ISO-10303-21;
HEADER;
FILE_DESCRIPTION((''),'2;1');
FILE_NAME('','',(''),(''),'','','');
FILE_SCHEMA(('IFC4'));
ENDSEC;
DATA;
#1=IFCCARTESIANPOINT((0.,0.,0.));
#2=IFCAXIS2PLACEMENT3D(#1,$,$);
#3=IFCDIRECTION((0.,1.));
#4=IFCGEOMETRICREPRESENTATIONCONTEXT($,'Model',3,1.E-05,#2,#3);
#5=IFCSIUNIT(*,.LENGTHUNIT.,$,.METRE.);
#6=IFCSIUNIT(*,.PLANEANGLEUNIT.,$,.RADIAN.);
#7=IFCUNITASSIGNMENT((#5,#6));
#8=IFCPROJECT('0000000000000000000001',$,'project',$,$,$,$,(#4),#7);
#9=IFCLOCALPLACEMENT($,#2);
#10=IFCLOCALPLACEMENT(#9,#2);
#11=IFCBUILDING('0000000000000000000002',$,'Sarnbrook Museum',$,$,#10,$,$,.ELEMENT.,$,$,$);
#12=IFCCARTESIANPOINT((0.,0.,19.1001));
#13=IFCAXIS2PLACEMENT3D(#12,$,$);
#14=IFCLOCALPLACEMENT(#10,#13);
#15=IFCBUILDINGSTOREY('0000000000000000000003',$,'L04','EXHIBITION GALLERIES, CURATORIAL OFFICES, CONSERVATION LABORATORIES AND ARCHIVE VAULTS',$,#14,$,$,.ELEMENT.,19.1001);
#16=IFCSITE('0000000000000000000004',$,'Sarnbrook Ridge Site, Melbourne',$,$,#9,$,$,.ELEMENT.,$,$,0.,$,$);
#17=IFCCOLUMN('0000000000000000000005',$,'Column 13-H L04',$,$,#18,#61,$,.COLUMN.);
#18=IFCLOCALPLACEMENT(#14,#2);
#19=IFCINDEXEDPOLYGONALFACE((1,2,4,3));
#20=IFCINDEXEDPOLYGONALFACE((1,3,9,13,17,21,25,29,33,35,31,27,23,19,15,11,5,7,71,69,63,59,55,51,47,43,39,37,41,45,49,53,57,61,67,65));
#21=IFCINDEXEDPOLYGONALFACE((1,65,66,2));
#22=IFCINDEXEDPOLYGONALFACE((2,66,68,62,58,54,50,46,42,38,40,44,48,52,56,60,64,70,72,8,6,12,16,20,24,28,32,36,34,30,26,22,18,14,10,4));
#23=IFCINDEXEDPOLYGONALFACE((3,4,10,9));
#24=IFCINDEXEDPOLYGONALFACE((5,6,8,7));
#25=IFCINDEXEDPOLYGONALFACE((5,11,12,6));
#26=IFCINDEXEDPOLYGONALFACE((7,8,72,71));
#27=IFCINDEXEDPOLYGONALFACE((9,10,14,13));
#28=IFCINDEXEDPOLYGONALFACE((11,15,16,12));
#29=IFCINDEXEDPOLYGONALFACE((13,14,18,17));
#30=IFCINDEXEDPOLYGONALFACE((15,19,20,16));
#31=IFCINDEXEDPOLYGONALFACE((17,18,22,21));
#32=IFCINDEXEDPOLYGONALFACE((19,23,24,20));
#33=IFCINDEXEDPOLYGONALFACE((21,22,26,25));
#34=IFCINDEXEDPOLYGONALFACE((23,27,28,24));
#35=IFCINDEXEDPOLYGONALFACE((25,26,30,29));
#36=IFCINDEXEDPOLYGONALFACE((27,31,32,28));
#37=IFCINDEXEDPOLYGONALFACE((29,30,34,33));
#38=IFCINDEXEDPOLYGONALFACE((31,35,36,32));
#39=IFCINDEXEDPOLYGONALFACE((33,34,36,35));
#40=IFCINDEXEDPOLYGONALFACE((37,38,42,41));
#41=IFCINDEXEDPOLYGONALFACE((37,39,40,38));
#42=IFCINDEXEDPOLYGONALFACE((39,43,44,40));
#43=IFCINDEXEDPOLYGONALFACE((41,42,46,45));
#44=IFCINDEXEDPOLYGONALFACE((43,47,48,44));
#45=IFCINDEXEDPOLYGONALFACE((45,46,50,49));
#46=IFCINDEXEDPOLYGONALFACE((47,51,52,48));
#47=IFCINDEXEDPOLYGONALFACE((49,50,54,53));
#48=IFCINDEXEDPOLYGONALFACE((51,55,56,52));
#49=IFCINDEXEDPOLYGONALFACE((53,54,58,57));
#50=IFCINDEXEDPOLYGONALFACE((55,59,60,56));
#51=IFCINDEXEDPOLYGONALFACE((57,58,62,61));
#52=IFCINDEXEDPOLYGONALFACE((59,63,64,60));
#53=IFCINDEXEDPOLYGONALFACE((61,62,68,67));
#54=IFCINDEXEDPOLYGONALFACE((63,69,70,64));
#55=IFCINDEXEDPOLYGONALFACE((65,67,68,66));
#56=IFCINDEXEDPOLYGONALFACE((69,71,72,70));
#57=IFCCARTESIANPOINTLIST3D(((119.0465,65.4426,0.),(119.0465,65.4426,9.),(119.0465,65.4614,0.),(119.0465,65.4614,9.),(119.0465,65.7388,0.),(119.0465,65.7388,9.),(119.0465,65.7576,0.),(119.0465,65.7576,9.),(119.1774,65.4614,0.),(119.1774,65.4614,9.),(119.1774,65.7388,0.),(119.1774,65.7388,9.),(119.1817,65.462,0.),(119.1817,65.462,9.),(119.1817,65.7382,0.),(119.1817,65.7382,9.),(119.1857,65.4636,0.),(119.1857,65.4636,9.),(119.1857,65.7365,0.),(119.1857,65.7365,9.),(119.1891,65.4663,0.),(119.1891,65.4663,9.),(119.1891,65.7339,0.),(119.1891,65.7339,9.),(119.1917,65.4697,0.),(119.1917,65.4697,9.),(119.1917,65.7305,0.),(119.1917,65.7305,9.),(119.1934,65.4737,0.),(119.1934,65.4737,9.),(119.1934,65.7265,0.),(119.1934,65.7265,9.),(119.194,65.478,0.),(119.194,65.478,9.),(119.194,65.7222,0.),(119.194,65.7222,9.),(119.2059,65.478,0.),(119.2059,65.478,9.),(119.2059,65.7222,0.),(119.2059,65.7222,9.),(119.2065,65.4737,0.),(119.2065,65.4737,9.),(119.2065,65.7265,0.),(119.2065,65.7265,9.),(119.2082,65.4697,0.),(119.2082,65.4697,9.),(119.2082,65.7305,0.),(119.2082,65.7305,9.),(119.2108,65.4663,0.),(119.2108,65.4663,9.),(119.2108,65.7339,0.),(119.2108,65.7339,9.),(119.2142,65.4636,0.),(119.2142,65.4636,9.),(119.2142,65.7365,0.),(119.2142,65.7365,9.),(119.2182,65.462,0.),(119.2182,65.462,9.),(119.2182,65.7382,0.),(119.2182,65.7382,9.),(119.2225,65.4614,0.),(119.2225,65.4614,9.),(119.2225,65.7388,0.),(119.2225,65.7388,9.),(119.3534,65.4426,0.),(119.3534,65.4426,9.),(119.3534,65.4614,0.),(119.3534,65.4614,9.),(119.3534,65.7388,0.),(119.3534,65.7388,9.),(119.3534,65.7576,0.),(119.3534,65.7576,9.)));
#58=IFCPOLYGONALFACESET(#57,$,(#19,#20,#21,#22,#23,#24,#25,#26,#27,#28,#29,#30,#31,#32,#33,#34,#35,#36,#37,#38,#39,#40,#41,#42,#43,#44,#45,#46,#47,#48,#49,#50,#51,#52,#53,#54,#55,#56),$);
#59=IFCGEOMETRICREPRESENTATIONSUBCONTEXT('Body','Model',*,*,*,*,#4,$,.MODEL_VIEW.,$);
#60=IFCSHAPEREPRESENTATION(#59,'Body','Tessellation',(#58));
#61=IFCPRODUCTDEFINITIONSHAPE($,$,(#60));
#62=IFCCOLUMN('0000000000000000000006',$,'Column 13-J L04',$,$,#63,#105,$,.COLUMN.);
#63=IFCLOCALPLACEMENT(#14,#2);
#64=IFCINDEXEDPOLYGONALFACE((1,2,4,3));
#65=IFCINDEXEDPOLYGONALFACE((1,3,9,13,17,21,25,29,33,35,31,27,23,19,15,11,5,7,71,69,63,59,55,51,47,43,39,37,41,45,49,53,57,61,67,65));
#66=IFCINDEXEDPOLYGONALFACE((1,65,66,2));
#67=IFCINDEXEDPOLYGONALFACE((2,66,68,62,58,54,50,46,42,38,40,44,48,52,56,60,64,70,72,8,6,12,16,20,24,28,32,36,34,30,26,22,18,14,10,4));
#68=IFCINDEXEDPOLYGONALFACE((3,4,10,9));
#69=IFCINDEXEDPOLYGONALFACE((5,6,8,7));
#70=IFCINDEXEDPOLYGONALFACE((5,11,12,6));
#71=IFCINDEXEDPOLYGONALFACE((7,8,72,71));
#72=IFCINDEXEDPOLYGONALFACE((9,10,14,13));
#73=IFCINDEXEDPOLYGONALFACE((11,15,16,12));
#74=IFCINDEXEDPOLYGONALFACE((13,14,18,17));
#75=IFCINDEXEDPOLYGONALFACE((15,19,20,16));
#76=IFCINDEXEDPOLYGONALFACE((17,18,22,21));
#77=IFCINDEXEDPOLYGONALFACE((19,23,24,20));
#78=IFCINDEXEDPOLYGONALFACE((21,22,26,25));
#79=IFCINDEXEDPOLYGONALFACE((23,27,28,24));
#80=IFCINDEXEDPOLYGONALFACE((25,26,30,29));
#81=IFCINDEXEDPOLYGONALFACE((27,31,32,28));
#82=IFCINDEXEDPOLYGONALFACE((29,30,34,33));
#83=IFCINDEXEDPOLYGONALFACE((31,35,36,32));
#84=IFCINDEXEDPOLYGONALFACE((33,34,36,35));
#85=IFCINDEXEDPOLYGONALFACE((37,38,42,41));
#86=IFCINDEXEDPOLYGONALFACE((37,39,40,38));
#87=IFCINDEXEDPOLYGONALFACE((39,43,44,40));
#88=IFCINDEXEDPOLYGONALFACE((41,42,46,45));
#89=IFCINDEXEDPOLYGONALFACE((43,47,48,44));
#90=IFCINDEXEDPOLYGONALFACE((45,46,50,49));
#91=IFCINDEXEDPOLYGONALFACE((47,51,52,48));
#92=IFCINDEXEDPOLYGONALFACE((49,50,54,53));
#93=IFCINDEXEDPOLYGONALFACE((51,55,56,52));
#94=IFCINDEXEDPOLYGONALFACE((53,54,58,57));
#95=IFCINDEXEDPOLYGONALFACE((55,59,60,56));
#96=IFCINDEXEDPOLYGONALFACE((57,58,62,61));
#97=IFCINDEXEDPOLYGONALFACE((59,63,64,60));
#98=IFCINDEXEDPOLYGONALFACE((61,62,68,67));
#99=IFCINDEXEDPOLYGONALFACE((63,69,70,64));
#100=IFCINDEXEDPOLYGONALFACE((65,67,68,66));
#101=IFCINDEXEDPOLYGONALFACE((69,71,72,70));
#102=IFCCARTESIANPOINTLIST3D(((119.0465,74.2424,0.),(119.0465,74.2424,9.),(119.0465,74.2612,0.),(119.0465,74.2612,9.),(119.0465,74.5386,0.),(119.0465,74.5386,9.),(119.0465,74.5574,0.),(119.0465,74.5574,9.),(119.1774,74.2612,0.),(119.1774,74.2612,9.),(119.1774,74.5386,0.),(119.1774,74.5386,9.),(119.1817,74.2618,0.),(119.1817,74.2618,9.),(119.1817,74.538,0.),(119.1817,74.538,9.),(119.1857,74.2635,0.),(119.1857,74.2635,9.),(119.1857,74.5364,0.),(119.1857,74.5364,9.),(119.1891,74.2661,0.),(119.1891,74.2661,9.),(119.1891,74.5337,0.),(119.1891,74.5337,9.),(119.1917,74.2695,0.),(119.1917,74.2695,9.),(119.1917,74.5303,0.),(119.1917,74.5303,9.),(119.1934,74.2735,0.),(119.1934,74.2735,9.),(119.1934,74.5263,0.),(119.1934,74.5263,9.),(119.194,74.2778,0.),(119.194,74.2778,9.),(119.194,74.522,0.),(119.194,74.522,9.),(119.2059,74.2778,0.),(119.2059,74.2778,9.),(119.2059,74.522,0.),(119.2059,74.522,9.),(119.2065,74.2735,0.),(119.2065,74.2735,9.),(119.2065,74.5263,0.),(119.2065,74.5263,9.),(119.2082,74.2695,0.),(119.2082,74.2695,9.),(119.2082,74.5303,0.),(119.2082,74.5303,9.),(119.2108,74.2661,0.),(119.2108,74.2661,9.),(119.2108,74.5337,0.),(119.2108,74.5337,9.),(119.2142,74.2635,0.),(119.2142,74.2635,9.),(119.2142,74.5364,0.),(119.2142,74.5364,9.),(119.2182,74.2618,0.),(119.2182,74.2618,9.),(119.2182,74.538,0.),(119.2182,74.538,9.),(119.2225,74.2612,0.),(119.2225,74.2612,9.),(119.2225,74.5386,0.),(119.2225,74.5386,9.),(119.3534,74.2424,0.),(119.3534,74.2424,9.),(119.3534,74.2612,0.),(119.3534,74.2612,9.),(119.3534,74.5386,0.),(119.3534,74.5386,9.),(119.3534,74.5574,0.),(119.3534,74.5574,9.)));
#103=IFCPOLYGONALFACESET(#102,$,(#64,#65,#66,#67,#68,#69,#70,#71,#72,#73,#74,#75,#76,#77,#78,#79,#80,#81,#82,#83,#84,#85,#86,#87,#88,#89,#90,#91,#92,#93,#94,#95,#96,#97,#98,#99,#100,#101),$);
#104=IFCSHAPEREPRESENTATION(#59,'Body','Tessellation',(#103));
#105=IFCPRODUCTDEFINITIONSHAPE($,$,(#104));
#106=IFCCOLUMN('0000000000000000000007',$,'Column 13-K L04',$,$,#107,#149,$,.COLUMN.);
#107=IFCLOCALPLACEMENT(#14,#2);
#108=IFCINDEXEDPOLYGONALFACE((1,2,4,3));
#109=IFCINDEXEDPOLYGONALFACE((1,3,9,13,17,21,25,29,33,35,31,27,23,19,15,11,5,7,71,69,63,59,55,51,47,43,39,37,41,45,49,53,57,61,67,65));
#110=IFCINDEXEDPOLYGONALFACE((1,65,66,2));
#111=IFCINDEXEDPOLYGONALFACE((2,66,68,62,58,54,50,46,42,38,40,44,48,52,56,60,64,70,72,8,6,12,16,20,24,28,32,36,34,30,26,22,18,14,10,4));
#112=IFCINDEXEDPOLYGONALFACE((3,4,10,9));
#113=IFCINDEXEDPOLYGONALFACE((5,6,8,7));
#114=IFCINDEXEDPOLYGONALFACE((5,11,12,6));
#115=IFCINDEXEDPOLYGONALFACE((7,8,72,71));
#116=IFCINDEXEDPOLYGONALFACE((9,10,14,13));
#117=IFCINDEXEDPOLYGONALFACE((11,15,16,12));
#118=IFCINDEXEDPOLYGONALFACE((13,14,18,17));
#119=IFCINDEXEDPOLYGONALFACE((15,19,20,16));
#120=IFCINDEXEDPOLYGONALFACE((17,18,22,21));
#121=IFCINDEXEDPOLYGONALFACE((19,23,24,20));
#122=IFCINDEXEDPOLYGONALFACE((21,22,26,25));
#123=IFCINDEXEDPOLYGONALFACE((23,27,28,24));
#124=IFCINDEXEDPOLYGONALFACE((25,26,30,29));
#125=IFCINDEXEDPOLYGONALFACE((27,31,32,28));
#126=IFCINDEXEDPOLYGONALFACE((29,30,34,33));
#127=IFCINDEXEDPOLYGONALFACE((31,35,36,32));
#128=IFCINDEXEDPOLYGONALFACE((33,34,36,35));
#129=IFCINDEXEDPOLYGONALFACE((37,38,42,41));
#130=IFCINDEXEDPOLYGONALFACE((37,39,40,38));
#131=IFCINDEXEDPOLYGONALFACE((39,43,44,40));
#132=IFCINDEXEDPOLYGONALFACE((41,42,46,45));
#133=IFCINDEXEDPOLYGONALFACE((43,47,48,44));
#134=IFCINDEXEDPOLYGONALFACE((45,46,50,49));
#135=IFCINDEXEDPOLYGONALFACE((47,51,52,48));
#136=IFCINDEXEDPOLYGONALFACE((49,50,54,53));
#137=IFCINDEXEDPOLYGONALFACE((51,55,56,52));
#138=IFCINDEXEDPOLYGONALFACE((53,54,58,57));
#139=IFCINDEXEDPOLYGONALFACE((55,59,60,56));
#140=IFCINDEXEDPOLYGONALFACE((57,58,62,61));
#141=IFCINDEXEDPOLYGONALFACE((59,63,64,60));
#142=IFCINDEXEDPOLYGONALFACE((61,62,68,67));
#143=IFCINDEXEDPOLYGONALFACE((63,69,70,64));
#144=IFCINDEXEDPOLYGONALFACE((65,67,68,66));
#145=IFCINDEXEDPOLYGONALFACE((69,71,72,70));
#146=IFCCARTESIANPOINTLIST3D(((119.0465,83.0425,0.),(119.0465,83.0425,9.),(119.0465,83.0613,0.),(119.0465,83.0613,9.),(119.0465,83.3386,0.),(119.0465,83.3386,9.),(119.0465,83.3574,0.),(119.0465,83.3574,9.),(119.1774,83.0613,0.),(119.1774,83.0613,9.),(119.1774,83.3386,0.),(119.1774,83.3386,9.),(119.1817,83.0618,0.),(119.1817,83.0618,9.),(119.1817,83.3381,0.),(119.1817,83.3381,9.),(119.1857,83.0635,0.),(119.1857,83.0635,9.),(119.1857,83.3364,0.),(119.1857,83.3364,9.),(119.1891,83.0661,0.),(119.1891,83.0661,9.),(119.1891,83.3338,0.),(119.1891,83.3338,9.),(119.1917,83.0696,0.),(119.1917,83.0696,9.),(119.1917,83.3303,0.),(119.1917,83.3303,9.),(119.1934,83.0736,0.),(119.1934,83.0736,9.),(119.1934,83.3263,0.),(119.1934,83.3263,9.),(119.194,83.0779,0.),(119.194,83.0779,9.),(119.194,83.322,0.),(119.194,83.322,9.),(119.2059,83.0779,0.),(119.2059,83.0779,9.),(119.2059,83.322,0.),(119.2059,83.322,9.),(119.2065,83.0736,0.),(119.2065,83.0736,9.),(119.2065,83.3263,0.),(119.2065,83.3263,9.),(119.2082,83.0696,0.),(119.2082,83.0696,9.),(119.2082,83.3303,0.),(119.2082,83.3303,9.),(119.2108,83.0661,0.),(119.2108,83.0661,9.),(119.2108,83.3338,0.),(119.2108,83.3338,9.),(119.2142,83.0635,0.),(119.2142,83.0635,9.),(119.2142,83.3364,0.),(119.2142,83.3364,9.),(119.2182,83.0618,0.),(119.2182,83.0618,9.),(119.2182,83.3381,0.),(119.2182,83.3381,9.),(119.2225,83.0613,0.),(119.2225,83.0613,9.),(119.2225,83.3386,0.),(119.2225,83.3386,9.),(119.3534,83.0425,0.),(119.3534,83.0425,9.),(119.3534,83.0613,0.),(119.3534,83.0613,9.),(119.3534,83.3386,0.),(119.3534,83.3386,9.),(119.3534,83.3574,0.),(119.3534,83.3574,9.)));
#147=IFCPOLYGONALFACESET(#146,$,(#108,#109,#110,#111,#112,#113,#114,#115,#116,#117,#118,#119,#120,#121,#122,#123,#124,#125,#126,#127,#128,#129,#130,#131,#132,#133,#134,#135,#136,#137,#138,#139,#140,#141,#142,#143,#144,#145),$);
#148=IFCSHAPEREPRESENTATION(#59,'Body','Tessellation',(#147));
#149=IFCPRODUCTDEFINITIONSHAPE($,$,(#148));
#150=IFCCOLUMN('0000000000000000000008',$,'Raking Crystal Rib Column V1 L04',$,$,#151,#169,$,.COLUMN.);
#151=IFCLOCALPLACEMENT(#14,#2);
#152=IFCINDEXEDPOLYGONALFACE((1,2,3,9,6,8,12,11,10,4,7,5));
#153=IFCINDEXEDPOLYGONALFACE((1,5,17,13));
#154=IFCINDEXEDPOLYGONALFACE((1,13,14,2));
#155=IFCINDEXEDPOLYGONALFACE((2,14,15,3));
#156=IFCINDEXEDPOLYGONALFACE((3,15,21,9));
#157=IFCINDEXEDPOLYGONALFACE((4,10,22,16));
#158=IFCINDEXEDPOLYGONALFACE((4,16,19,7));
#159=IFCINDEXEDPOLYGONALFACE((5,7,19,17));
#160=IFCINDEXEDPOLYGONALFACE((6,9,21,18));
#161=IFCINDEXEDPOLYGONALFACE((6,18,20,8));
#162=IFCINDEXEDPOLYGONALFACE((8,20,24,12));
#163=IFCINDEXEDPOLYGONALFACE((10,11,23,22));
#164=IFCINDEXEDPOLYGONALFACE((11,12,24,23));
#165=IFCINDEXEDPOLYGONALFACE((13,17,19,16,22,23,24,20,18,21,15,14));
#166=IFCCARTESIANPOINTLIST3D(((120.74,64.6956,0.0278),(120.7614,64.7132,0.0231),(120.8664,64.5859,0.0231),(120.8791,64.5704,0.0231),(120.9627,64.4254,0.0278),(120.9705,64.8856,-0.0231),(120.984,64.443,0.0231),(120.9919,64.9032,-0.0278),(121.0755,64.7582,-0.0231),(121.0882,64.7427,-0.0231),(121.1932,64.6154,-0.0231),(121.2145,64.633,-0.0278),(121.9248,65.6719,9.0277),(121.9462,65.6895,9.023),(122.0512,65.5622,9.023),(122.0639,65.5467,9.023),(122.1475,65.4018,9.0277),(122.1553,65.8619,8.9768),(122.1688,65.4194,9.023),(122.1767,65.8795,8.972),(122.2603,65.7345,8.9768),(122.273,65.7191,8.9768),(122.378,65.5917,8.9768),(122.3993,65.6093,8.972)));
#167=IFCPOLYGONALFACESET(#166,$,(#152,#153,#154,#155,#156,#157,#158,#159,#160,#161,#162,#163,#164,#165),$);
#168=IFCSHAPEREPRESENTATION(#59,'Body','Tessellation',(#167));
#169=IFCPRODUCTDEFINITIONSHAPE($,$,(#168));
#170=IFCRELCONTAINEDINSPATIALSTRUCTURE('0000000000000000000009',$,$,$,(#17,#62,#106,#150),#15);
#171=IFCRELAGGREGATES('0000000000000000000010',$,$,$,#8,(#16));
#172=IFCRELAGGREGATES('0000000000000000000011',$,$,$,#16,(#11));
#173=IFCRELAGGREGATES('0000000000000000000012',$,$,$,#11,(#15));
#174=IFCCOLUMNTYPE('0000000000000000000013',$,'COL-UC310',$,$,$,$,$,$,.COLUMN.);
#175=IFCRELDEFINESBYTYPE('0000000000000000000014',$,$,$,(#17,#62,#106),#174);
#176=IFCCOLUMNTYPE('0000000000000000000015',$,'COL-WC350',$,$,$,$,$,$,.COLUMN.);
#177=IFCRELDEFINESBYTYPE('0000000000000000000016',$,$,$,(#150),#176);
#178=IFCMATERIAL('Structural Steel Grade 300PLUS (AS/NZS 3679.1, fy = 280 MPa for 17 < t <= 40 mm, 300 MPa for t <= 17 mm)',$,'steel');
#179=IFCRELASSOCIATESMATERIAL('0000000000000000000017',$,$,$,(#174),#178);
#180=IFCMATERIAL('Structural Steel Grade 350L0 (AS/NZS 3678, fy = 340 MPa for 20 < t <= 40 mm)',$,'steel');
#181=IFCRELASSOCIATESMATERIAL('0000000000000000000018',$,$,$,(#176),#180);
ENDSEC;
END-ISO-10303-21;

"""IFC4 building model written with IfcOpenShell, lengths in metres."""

from ifc_helpers import new_model, si_unit, direction, frame, origin, origin_2d, place, context, subcontext, project, spatial, i_section, extrude, material, material_profile, profile_set, type_object, element, save


model = new_model("IFC4")

# Units and contexts
model_context = context("Model", 3, precision=1e-05, world=origin(), true_north=direction((0.0, 1.0)))
body_context = subcontext(model_context, "Body", "Model", "MODEL_VIEW")
ifc_project = project(units=[si_unit("LENGTHUNIT", "METRE"), si_unit("PLANEANGLEUNIT", "RADIAN")], contexts=[model_context])

# Site, building, storey
site_placement = place(None, origin())
site = spatial("IfcSite", under=ifc_project, at=site_placement, Name="Sarnbrook Ridge Site, Melbourne", CompositionType="ELEMENT", RefElevation=0.0)
building_placement = place(site_placement, origin())
building = spatial("IfcBuilding", under=site, at=building_placement, Name="Sarnbrook Museum", CompositionType="ELEMENT")
storey_placement = place(building_placement, frame((0.0, 0.0, 19.1001)))
storey = spatial("IfcBuildingStorey", under=building, at=storey_placement, Name="L04", Description="EXHIBITION GALLERIES, CURATORIAL OFFICES, CONSERVATION LABORATORIES AND ARCHIVE VAULTS", CompositionType="ELEMENT", Elevation=19.1001)

# Columns
ifc_material_1 = material(Name="Structural Steel Grade 300PLUS (AS/NZS 3679.1, fy = 280 MPa for 17 < t <= 40 mm, 300 MPa for t <= 17 mm)", Category="steel")
ifc_material_profile_1 = material_profile(ifc_material_1, i_section(OverallWidth=0.3069, OverallDepth=0.3149, WebThickness=0.012, FlangeThickness=0.0188, FilletRadius=0.0166, at=origin_2d()), Name="310UC118")
ifc_profile_set_1 = profile_set([ifc_material_profile_1], Name="Structural Steel Grade 300PLUS (AS/NZS 3679.1, fy = 280 MPa for 17 < t <= 40 mm, 300 MPa for t <= 17 mm)")
column_type_1 = type_object("IfcColumnType", Name="COL-UC310", PredefinedType="COLUMN", material=ifc_profile_set_1)
for number, where, z_axis, x_axis, name in (
    (1, (119.2, 65.6001, 0.0), (0.0, 0.0, 1.0), (1.0, 0.0, 0.0), "Column 13-H L04"),
    (2, (119.2, 74.3999, 0.0), (0.0, 0.0, 1.0), (1.0, 0.0, 0.0), "Column 13-J L04"),
    (3, (119.2, 83.2, 0.0), (0.0, 0.0, 1.0), (1.0, 0.0, 0.0), "Column 13-K L04"),
):
    element("IfcColumn", number, at=place(storey_placement, frame(where, z_axis=z_axis, x_axis=x_axis)), inside=storey, type_object=column_type_1, Name=name, PredefinedType="COLUMN", context=body_context, shape_type="SweptSolid", body=[
        extrude(i_section(OverallWidth=0.3069, OverallDepth=0.3149, WebThickness=0.012, FlangeThickness=0.0188, FilletRadius=0.0166, at=origin_2d()), origin(), (0.0, 0.0, 1.0), 9.0),
    ])
ifc_material_2 = material(Name="Structural Steel Grade 350L0 (AS/NZS 3678, fy = 340 MPa for 20 < t <= 40 mm)", Category="steel")
ifc_material_profile_2 = material_profile(ifc_material_2, i_section(OverallWidth=0.3501, OverallDepth=0.3311, WebThickness=0.02, FlangeThickness=0.0281, at=origin_2d()), Name="350WC197")
ifc_profile_set_2 = profile_set([ifc_material_profile_2], Name="Structural Steel Grade 350L0 (AS/NZS 3678, fy = 340 MPa for 20 < t <= 40 mm)")
column_type_2 = type_object("IfcColumnType", Name="COL-WC350", PredefinedType="COLUMN", material=ifc_profile_set_2)
column_placement = place(storey_placement, frame((120.9773, 64.6643, 0.0), z_axis=(0.129772, 0.106935, 0.985761), x_axis=(-0.635936, 0.771742, 0.0)))
element("IfcColumn", 4, at=column_placement, inside=storey, type_object=column_type_2, Name="Raking Crystal Rib Column V1 L04", PredefinedType="COLUMN", context=body_context, shape_type="SweptSolid", body=[
    extrude(i_section(OverallWidth=0.3501, OverallDepth=0.3311, WebThickness=0.02, FlangeThickness=0.0281, at=origin_2d()), origin(), (0.0, 0.0, 1.0), 9.1299),
])

save(model, "model.ifc")
